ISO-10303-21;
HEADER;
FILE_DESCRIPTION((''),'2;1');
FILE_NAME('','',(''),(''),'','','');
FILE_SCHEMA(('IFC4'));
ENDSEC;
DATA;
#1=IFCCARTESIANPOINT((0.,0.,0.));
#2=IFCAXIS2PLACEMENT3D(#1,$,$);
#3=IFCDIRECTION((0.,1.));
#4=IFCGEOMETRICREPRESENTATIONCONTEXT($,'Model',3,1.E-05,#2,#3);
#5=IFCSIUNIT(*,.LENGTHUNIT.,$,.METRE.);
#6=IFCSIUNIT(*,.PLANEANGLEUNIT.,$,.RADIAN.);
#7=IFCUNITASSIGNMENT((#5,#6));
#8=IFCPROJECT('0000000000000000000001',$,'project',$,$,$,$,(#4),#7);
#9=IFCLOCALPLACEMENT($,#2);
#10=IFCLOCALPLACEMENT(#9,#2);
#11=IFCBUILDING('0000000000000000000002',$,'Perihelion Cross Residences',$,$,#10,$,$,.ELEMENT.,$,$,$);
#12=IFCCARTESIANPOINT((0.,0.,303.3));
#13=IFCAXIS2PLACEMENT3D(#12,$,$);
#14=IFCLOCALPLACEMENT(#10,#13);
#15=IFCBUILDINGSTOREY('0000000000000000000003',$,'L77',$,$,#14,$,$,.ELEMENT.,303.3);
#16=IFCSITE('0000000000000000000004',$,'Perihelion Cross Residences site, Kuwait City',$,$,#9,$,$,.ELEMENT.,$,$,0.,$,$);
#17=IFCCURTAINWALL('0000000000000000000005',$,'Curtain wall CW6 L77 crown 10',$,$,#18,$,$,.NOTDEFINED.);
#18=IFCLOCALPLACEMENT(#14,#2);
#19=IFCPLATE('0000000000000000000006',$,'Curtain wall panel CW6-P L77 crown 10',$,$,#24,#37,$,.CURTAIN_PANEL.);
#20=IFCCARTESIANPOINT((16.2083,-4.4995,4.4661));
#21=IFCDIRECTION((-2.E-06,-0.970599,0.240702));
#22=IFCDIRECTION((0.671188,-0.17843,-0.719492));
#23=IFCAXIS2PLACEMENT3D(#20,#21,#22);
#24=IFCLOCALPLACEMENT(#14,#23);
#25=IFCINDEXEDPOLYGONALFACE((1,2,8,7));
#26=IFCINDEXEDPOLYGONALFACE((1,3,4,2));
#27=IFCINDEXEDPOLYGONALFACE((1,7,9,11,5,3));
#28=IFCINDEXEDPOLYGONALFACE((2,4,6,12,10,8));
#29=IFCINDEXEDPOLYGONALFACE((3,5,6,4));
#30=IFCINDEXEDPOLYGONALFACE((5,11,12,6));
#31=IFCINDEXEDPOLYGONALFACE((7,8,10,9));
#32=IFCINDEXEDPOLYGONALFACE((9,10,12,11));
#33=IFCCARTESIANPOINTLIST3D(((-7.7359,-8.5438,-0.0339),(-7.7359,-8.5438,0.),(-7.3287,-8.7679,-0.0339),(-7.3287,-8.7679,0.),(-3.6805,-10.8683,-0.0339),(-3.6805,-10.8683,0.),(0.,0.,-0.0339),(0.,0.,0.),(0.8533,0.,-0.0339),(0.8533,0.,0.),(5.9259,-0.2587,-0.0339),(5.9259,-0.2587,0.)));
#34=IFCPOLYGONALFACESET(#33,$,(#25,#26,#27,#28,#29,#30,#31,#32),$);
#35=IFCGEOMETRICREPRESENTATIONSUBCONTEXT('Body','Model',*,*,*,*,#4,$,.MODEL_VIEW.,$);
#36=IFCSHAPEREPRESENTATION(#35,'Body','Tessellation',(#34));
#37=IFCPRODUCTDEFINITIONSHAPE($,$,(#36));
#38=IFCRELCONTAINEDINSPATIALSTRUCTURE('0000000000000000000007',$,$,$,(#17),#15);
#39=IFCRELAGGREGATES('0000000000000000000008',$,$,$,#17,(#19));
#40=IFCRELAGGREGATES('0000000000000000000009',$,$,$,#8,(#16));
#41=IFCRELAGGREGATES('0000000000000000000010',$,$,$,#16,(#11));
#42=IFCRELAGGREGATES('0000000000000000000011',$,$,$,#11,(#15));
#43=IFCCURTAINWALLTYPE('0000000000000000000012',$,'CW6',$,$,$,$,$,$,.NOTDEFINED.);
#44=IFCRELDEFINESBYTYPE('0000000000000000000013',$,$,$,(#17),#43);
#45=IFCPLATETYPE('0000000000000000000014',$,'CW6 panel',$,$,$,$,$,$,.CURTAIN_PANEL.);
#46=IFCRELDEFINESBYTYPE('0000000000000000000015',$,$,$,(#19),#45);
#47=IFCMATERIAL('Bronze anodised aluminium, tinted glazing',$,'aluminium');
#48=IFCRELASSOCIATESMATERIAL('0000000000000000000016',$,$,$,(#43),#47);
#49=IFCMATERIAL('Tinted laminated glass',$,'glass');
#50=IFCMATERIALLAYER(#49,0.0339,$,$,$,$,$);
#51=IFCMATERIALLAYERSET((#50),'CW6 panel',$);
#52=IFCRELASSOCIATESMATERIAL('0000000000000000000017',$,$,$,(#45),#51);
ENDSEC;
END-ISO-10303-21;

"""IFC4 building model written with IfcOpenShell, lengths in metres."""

from ifc_helpers import new_model, si_unit, direction, frame, origin, place, context, subcontext, project, spatial, polyline, outline, extrude, material, layer, layer_set, type_object, element, aggregate, save


model = new_model("IFC4")

# Units and contexts
model_context = context("Model", 3, precision=1e-05, world=origin(), true_north=direction((0.0, 1.0)))
body_context = subcontext(model_context, "Body", "Model", "MODEL_VIEW")
ifc_project = project(units=[si_unit("LENGTHUNIT", "METRE"), si_unit("PLANEANGLEUNIT", "RADIAN")], contexts=[model_context])

# Site, building, storey
site_placement = place(None, origin())
site = spatial("IfcSite", under=ifc_project, at=site_placement, Name="Perihelion Cross Residences site, Kuwait City", CompositionType="ELEMENT", RefElevation=0.0)
building_placement = place(site_placement, origin())
building = spatial("IfcBuilding", under=site, at=building_placement, Name="Perihelion Cross Residences", CompositionType="ELEMENT")
storey_placement = place(building_placement, frame((0.0, 0.0, 303.3)))
storey = spatial("IfcBuildingStorey", under=building, at=storey_placement, Name="L77", CompositionType="ELEMENT", Elevation=303.3)

# Curtain wall
ifc_material_1 = material(Name="Bronze anodised aluminium, tinted glazing", Category="aluminium")
curtain_wall_type = type_object("IfcCurtainWallType", Name="CW6", PredefinedType="NOTDEFINED", material=ifc_material_1)
curtain_wall_1_placement = place(storey_placement, origin())
curtain_wall_1 = element("IfcCurtainWall", 1, at=curtain_wall_1_placement, inside=storey, type_object=curtain_wall_type, Name="Curtain wall CW6 L77 crown 10", PredefinedType="NOTDEFINED")

# Plate
ifc_material_2 = material(Name="Tinted laminated glass", Category="glass")
ifc_layer_1 = layer(ifc_material_2, 0.0339)
ifc_layer_set_1 = layer_set([ifc_layer_1], Name="CW6 panel")
plate_type = type_object("IfcPlateType", Name="CW6 panel", PredefinedType="CURTAIN_PANEL", material=ifc_layer_set_1)
plate_1_placement = place(storey_placement, frame((16.2083, -4.4995, 4.4661), z_axis=(-0.000002, -0.970599, 0.240702), x_axis=(0.671188, -0.17843, -0.719492)))
plate_1 = element("IfcPlate", 2, at=plate_1_placement, type_object=plate_type, Name="Curtain wall panel CW6-P L77 crown 10", PredefinedType="CURTAIN_PANEL", context=body_context, shape_type="SweptSolid", body=[
    extrude(outline(polyline([(0.0, 0.0), (0.8533, 0.0), (5.9259, -0.2587), (-3.6805, -10.8683), (-7.3287, -8.7679), (-7.7359, -8.5438), (0.0, 0.0)])), origin(), (0.0, 0.0, -1.0), 0.0339),
])
aggregate(curtain_wall_1, [plate_1])

save(model, "model.ifc")
